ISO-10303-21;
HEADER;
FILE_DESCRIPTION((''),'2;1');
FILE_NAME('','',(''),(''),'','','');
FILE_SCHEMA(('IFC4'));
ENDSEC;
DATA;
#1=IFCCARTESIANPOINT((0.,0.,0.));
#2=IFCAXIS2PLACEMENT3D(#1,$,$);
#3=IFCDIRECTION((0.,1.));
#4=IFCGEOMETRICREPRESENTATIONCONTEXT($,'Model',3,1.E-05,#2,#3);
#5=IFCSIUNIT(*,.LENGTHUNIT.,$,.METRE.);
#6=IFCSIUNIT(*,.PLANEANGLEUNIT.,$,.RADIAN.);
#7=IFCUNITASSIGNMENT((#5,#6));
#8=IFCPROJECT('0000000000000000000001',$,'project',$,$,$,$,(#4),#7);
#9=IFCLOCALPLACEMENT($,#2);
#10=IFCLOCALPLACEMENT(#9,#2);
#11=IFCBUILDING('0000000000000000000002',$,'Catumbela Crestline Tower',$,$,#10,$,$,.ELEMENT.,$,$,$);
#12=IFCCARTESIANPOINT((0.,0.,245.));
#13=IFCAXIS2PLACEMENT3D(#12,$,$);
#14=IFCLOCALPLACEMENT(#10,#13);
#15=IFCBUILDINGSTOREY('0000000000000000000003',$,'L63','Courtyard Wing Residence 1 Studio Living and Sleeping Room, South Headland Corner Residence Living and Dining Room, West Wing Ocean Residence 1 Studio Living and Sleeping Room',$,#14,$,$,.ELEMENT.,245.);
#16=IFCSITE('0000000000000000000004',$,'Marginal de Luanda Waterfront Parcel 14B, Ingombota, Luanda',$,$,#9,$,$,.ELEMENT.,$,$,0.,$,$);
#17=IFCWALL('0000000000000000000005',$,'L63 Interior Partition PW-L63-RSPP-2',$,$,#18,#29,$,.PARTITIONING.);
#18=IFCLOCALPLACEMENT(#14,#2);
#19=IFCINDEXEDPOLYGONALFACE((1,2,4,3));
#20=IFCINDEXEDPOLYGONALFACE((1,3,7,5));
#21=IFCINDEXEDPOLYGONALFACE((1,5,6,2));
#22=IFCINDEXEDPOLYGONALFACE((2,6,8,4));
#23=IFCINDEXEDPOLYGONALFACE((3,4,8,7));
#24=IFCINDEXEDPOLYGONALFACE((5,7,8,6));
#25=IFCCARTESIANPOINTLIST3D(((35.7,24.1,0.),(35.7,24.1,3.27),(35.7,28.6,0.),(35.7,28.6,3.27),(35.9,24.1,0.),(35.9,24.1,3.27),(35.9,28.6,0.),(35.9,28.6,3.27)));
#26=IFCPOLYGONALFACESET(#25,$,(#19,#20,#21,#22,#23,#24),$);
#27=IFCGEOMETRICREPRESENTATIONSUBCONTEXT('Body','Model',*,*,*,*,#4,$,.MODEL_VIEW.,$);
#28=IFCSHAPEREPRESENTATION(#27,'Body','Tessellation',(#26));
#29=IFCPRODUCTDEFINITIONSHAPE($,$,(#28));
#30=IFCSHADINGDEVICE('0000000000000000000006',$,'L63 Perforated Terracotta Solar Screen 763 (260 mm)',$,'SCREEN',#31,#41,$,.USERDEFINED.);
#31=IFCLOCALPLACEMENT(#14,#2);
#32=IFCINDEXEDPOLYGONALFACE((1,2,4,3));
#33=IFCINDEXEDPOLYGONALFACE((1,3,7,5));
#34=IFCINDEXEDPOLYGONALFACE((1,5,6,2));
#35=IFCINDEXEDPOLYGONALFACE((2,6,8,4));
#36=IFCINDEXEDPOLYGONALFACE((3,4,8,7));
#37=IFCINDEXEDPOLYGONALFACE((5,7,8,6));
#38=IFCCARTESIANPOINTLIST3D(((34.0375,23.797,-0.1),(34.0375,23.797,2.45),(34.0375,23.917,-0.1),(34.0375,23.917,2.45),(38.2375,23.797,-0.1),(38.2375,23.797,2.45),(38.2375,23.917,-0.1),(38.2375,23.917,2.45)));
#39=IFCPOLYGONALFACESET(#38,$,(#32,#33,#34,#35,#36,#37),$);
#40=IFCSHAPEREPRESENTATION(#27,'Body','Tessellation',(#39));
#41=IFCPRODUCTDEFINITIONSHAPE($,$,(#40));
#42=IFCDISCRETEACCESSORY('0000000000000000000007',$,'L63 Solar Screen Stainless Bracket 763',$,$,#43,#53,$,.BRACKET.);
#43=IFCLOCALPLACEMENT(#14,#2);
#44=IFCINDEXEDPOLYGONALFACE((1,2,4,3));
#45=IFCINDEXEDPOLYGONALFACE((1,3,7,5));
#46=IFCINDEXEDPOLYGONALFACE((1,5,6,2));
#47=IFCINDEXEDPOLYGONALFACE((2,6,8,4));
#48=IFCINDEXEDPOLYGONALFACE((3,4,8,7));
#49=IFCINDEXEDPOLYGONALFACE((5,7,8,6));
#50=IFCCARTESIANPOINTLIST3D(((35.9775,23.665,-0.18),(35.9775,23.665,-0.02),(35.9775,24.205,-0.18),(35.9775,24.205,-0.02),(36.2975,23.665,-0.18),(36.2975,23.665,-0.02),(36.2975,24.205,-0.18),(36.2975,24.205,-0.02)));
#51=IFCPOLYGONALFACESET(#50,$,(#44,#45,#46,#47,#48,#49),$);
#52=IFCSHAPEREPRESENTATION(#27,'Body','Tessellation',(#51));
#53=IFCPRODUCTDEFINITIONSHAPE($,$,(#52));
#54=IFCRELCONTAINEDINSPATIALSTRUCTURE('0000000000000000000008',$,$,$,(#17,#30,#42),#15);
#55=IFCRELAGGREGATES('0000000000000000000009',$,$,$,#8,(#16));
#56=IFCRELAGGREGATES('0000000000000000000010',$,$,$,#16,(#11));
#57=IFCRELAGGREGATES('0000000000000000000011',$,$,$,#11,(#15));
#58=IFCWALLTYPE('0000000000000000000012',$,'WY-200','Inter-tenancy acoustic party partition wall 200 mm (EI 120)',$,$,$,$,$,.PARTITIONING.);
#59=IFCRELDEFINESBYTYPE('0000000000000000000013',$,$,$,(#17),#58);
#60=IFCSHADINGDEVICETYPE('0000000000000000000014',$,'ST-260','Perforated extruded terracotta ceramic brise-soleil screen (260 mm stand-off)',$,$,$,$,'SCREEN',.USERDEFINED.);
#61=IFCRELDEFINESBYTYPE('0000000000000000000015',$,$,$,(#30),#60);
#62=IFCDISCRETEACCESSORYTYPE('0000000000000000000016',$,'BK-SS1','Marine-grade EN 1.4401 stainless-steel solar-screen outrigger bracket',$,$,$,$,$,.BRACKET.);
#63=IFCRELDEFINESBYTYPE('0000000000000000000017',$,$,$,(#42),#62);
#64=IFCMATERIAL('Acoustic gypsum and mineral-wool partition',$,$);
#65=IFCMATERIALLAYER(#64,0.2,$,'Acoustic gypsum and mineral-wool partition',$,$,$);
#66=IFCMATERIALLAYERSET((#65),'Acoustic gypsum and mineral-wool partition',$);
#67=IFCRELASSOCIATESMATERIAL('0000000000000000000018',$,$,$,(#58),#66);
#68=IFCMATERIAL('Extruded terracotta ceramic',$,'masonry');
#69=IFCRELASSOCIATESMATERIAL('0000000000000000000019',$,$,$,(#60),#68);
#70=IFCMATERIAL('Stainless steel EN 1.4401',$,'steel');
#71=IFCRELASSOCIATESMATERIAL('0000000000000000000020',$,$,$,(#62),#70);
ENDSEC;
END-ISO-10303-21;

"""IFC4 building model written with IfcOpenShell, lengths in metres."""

from ifc_helpers import new_model, si_unit, direction, frame, frame_2d, origin, origin_2d, place, context, subcontext, project, spatial, rectangle, extrude, material, layer, layer_set, type_object, element, save


model = new_model("IFC4")

# Units and contexts
model_context = context("Model", 3, precision=1e-05, world=origin(), true_north=direction((0.0, 1.0)))
body_context = subcontext(model_context, "Body", "Model", "MODEL_VIEW")
ifc_project = project(units=[si_unit("LENGTHUNIT", "METRE"), si_unit("PLANEANGLEUNIT", "RADIAN")], contexts=[model_context])

# Site, building, storey
site_placement = place(None, origin())
site = spatial("IfcSite", under=ifc_project, at=site_placement, Name="Marginal de Luanda Waterfront Parcel 14B, Ingombota, Luanda", CompositionType="ELEMENT", RefElevation=0.0)
building_placement = place(site_placement, origin())
building = spatial("IfcBuilding", under=site, at=building_placement, Name="Catumbela Crestline Tower", CompositionType="ELEMENT")
storey_placement = place(building_placement, frame((0.0, 0.0, 245.0)))
storey = spatial("IfcBuildingStorey", under=building, at=storey_placement, Name="L63", Description="Courtyard Wing Residence 1 Studio Living and Sleeping Room, South Headland Corner Residence Living and Dining Room, West Wing Ocean Residence 1 Studio Living and Sleeping Room", CompositionType="ELEMENT", Elevation=245.0)

# Wall
ifc_material_1 = material(Name="Acoustic gypsum and mineral-wool partition")
ifc_layer_1 = layer(ifc_material_1, 0.2, Name="Acoustic gypsum and mineral-wool partition")
ifc_layer_set_1 = layer_set([ifc_layer_1], Name="Acoustic gypsum and mineral-wool partition")
wall_type_1 = type_object("IfcWallType", Name="WY-200", Description="Inter-tenancy acoustic party partition wall 200 mm (EI 120)", PredefinedType="PARTITIONING", material=ifc_layer_set_1)
wall_1_placement = place(storey_placement, frame((35.8, 24.1, 0.0), z_axis=(0.0, 0.0, 1.0), x_axis=(0.0, 1.0, 0.0)))
element("IfcWall", 1, at=wall_1_placement, inside=storey, type_object=wall_type_1, Name="L63 Interior Partition PW-L63-RSPP-2", PredefinedType="PARTITIONING", context=body_context, shape_type="SweptSolid", body=[
    extrude(rectangle(XDim=4.5, YDim=0.2, at=frame_2d((2.25, 0.0))), origin(), (0.0, 0.0, 1.0), 3.27),
])

# Shared definitions
ifc_material_2 = material(Name="Stainless steel EN 1.4401", Category="steel")

# Shading device
ifc_material_3 = material(Name="Extruded terracotta ceramic", Category="masonry")
shading_device_type = type_object("IfcShadingDeviceType", Name="ST-260", Description="Perforated extruded terracotta ceramic brise-soleil screen (260 mm stand-off)", ElementType="SCREEN", PredefinedType="USERDEFINED", material=ifc_material_3)
shading_device_placement = place(storey_placement, frame((36.1375, 23.857, -0.1), z_axis=(0.0, 0.0, 1.0), x_axis=(1.0, 0.0, 0.0)))
element("IfcShadingDevice", 2, at=shading_device_placement, inside=storey, type_object=shading_device_type, Name="L63 Perforated Terracotta Solar Screen 763 (260 mm)", ObjectType="SCREEN", PredefinedType="USERDEFINED", context=body_context, shape_type="SweptSolid", body=[
    extrude(rectangle(XDim=4.2, YDim=0.12, at=origin_2d()), origin(), (0.0, 0.0, 1.0), 2.55),
])

# Discrete accessory
discrete_accessory_type = type_object("IfcDiscreteAccessoryType", Name="BK-SS1", Description="Marine-grade EN 1.4401 stainless-steel solar-screen outrigger bracket", PredefinedType="BRACKET", material=ifc_material_2)
discrete_accessory_placement = place(storey_placement, frame((36.1375, 23.935, -0.18), z_axis=(0.0, 0.0, 1.0), x_axis=(1.0, 0.0, 0.0)))
element("IfcDiscreteAccessory", 3, at=discrete_accessory_placement, inside=storey, type_object=discrete_accessory_type, Name="L63 Solar Screen Stainless Bracket 763", PredefinedType="BRACKET", context=body_context, shape_type="SweptSolid", body=[
    extrude(rectangle(XDim=0.32, YDim=0.54, at=origin_2d()), origin(), (0.0, 0.0, 1.0), 0.16),
])

save(model, "model.ifc")
